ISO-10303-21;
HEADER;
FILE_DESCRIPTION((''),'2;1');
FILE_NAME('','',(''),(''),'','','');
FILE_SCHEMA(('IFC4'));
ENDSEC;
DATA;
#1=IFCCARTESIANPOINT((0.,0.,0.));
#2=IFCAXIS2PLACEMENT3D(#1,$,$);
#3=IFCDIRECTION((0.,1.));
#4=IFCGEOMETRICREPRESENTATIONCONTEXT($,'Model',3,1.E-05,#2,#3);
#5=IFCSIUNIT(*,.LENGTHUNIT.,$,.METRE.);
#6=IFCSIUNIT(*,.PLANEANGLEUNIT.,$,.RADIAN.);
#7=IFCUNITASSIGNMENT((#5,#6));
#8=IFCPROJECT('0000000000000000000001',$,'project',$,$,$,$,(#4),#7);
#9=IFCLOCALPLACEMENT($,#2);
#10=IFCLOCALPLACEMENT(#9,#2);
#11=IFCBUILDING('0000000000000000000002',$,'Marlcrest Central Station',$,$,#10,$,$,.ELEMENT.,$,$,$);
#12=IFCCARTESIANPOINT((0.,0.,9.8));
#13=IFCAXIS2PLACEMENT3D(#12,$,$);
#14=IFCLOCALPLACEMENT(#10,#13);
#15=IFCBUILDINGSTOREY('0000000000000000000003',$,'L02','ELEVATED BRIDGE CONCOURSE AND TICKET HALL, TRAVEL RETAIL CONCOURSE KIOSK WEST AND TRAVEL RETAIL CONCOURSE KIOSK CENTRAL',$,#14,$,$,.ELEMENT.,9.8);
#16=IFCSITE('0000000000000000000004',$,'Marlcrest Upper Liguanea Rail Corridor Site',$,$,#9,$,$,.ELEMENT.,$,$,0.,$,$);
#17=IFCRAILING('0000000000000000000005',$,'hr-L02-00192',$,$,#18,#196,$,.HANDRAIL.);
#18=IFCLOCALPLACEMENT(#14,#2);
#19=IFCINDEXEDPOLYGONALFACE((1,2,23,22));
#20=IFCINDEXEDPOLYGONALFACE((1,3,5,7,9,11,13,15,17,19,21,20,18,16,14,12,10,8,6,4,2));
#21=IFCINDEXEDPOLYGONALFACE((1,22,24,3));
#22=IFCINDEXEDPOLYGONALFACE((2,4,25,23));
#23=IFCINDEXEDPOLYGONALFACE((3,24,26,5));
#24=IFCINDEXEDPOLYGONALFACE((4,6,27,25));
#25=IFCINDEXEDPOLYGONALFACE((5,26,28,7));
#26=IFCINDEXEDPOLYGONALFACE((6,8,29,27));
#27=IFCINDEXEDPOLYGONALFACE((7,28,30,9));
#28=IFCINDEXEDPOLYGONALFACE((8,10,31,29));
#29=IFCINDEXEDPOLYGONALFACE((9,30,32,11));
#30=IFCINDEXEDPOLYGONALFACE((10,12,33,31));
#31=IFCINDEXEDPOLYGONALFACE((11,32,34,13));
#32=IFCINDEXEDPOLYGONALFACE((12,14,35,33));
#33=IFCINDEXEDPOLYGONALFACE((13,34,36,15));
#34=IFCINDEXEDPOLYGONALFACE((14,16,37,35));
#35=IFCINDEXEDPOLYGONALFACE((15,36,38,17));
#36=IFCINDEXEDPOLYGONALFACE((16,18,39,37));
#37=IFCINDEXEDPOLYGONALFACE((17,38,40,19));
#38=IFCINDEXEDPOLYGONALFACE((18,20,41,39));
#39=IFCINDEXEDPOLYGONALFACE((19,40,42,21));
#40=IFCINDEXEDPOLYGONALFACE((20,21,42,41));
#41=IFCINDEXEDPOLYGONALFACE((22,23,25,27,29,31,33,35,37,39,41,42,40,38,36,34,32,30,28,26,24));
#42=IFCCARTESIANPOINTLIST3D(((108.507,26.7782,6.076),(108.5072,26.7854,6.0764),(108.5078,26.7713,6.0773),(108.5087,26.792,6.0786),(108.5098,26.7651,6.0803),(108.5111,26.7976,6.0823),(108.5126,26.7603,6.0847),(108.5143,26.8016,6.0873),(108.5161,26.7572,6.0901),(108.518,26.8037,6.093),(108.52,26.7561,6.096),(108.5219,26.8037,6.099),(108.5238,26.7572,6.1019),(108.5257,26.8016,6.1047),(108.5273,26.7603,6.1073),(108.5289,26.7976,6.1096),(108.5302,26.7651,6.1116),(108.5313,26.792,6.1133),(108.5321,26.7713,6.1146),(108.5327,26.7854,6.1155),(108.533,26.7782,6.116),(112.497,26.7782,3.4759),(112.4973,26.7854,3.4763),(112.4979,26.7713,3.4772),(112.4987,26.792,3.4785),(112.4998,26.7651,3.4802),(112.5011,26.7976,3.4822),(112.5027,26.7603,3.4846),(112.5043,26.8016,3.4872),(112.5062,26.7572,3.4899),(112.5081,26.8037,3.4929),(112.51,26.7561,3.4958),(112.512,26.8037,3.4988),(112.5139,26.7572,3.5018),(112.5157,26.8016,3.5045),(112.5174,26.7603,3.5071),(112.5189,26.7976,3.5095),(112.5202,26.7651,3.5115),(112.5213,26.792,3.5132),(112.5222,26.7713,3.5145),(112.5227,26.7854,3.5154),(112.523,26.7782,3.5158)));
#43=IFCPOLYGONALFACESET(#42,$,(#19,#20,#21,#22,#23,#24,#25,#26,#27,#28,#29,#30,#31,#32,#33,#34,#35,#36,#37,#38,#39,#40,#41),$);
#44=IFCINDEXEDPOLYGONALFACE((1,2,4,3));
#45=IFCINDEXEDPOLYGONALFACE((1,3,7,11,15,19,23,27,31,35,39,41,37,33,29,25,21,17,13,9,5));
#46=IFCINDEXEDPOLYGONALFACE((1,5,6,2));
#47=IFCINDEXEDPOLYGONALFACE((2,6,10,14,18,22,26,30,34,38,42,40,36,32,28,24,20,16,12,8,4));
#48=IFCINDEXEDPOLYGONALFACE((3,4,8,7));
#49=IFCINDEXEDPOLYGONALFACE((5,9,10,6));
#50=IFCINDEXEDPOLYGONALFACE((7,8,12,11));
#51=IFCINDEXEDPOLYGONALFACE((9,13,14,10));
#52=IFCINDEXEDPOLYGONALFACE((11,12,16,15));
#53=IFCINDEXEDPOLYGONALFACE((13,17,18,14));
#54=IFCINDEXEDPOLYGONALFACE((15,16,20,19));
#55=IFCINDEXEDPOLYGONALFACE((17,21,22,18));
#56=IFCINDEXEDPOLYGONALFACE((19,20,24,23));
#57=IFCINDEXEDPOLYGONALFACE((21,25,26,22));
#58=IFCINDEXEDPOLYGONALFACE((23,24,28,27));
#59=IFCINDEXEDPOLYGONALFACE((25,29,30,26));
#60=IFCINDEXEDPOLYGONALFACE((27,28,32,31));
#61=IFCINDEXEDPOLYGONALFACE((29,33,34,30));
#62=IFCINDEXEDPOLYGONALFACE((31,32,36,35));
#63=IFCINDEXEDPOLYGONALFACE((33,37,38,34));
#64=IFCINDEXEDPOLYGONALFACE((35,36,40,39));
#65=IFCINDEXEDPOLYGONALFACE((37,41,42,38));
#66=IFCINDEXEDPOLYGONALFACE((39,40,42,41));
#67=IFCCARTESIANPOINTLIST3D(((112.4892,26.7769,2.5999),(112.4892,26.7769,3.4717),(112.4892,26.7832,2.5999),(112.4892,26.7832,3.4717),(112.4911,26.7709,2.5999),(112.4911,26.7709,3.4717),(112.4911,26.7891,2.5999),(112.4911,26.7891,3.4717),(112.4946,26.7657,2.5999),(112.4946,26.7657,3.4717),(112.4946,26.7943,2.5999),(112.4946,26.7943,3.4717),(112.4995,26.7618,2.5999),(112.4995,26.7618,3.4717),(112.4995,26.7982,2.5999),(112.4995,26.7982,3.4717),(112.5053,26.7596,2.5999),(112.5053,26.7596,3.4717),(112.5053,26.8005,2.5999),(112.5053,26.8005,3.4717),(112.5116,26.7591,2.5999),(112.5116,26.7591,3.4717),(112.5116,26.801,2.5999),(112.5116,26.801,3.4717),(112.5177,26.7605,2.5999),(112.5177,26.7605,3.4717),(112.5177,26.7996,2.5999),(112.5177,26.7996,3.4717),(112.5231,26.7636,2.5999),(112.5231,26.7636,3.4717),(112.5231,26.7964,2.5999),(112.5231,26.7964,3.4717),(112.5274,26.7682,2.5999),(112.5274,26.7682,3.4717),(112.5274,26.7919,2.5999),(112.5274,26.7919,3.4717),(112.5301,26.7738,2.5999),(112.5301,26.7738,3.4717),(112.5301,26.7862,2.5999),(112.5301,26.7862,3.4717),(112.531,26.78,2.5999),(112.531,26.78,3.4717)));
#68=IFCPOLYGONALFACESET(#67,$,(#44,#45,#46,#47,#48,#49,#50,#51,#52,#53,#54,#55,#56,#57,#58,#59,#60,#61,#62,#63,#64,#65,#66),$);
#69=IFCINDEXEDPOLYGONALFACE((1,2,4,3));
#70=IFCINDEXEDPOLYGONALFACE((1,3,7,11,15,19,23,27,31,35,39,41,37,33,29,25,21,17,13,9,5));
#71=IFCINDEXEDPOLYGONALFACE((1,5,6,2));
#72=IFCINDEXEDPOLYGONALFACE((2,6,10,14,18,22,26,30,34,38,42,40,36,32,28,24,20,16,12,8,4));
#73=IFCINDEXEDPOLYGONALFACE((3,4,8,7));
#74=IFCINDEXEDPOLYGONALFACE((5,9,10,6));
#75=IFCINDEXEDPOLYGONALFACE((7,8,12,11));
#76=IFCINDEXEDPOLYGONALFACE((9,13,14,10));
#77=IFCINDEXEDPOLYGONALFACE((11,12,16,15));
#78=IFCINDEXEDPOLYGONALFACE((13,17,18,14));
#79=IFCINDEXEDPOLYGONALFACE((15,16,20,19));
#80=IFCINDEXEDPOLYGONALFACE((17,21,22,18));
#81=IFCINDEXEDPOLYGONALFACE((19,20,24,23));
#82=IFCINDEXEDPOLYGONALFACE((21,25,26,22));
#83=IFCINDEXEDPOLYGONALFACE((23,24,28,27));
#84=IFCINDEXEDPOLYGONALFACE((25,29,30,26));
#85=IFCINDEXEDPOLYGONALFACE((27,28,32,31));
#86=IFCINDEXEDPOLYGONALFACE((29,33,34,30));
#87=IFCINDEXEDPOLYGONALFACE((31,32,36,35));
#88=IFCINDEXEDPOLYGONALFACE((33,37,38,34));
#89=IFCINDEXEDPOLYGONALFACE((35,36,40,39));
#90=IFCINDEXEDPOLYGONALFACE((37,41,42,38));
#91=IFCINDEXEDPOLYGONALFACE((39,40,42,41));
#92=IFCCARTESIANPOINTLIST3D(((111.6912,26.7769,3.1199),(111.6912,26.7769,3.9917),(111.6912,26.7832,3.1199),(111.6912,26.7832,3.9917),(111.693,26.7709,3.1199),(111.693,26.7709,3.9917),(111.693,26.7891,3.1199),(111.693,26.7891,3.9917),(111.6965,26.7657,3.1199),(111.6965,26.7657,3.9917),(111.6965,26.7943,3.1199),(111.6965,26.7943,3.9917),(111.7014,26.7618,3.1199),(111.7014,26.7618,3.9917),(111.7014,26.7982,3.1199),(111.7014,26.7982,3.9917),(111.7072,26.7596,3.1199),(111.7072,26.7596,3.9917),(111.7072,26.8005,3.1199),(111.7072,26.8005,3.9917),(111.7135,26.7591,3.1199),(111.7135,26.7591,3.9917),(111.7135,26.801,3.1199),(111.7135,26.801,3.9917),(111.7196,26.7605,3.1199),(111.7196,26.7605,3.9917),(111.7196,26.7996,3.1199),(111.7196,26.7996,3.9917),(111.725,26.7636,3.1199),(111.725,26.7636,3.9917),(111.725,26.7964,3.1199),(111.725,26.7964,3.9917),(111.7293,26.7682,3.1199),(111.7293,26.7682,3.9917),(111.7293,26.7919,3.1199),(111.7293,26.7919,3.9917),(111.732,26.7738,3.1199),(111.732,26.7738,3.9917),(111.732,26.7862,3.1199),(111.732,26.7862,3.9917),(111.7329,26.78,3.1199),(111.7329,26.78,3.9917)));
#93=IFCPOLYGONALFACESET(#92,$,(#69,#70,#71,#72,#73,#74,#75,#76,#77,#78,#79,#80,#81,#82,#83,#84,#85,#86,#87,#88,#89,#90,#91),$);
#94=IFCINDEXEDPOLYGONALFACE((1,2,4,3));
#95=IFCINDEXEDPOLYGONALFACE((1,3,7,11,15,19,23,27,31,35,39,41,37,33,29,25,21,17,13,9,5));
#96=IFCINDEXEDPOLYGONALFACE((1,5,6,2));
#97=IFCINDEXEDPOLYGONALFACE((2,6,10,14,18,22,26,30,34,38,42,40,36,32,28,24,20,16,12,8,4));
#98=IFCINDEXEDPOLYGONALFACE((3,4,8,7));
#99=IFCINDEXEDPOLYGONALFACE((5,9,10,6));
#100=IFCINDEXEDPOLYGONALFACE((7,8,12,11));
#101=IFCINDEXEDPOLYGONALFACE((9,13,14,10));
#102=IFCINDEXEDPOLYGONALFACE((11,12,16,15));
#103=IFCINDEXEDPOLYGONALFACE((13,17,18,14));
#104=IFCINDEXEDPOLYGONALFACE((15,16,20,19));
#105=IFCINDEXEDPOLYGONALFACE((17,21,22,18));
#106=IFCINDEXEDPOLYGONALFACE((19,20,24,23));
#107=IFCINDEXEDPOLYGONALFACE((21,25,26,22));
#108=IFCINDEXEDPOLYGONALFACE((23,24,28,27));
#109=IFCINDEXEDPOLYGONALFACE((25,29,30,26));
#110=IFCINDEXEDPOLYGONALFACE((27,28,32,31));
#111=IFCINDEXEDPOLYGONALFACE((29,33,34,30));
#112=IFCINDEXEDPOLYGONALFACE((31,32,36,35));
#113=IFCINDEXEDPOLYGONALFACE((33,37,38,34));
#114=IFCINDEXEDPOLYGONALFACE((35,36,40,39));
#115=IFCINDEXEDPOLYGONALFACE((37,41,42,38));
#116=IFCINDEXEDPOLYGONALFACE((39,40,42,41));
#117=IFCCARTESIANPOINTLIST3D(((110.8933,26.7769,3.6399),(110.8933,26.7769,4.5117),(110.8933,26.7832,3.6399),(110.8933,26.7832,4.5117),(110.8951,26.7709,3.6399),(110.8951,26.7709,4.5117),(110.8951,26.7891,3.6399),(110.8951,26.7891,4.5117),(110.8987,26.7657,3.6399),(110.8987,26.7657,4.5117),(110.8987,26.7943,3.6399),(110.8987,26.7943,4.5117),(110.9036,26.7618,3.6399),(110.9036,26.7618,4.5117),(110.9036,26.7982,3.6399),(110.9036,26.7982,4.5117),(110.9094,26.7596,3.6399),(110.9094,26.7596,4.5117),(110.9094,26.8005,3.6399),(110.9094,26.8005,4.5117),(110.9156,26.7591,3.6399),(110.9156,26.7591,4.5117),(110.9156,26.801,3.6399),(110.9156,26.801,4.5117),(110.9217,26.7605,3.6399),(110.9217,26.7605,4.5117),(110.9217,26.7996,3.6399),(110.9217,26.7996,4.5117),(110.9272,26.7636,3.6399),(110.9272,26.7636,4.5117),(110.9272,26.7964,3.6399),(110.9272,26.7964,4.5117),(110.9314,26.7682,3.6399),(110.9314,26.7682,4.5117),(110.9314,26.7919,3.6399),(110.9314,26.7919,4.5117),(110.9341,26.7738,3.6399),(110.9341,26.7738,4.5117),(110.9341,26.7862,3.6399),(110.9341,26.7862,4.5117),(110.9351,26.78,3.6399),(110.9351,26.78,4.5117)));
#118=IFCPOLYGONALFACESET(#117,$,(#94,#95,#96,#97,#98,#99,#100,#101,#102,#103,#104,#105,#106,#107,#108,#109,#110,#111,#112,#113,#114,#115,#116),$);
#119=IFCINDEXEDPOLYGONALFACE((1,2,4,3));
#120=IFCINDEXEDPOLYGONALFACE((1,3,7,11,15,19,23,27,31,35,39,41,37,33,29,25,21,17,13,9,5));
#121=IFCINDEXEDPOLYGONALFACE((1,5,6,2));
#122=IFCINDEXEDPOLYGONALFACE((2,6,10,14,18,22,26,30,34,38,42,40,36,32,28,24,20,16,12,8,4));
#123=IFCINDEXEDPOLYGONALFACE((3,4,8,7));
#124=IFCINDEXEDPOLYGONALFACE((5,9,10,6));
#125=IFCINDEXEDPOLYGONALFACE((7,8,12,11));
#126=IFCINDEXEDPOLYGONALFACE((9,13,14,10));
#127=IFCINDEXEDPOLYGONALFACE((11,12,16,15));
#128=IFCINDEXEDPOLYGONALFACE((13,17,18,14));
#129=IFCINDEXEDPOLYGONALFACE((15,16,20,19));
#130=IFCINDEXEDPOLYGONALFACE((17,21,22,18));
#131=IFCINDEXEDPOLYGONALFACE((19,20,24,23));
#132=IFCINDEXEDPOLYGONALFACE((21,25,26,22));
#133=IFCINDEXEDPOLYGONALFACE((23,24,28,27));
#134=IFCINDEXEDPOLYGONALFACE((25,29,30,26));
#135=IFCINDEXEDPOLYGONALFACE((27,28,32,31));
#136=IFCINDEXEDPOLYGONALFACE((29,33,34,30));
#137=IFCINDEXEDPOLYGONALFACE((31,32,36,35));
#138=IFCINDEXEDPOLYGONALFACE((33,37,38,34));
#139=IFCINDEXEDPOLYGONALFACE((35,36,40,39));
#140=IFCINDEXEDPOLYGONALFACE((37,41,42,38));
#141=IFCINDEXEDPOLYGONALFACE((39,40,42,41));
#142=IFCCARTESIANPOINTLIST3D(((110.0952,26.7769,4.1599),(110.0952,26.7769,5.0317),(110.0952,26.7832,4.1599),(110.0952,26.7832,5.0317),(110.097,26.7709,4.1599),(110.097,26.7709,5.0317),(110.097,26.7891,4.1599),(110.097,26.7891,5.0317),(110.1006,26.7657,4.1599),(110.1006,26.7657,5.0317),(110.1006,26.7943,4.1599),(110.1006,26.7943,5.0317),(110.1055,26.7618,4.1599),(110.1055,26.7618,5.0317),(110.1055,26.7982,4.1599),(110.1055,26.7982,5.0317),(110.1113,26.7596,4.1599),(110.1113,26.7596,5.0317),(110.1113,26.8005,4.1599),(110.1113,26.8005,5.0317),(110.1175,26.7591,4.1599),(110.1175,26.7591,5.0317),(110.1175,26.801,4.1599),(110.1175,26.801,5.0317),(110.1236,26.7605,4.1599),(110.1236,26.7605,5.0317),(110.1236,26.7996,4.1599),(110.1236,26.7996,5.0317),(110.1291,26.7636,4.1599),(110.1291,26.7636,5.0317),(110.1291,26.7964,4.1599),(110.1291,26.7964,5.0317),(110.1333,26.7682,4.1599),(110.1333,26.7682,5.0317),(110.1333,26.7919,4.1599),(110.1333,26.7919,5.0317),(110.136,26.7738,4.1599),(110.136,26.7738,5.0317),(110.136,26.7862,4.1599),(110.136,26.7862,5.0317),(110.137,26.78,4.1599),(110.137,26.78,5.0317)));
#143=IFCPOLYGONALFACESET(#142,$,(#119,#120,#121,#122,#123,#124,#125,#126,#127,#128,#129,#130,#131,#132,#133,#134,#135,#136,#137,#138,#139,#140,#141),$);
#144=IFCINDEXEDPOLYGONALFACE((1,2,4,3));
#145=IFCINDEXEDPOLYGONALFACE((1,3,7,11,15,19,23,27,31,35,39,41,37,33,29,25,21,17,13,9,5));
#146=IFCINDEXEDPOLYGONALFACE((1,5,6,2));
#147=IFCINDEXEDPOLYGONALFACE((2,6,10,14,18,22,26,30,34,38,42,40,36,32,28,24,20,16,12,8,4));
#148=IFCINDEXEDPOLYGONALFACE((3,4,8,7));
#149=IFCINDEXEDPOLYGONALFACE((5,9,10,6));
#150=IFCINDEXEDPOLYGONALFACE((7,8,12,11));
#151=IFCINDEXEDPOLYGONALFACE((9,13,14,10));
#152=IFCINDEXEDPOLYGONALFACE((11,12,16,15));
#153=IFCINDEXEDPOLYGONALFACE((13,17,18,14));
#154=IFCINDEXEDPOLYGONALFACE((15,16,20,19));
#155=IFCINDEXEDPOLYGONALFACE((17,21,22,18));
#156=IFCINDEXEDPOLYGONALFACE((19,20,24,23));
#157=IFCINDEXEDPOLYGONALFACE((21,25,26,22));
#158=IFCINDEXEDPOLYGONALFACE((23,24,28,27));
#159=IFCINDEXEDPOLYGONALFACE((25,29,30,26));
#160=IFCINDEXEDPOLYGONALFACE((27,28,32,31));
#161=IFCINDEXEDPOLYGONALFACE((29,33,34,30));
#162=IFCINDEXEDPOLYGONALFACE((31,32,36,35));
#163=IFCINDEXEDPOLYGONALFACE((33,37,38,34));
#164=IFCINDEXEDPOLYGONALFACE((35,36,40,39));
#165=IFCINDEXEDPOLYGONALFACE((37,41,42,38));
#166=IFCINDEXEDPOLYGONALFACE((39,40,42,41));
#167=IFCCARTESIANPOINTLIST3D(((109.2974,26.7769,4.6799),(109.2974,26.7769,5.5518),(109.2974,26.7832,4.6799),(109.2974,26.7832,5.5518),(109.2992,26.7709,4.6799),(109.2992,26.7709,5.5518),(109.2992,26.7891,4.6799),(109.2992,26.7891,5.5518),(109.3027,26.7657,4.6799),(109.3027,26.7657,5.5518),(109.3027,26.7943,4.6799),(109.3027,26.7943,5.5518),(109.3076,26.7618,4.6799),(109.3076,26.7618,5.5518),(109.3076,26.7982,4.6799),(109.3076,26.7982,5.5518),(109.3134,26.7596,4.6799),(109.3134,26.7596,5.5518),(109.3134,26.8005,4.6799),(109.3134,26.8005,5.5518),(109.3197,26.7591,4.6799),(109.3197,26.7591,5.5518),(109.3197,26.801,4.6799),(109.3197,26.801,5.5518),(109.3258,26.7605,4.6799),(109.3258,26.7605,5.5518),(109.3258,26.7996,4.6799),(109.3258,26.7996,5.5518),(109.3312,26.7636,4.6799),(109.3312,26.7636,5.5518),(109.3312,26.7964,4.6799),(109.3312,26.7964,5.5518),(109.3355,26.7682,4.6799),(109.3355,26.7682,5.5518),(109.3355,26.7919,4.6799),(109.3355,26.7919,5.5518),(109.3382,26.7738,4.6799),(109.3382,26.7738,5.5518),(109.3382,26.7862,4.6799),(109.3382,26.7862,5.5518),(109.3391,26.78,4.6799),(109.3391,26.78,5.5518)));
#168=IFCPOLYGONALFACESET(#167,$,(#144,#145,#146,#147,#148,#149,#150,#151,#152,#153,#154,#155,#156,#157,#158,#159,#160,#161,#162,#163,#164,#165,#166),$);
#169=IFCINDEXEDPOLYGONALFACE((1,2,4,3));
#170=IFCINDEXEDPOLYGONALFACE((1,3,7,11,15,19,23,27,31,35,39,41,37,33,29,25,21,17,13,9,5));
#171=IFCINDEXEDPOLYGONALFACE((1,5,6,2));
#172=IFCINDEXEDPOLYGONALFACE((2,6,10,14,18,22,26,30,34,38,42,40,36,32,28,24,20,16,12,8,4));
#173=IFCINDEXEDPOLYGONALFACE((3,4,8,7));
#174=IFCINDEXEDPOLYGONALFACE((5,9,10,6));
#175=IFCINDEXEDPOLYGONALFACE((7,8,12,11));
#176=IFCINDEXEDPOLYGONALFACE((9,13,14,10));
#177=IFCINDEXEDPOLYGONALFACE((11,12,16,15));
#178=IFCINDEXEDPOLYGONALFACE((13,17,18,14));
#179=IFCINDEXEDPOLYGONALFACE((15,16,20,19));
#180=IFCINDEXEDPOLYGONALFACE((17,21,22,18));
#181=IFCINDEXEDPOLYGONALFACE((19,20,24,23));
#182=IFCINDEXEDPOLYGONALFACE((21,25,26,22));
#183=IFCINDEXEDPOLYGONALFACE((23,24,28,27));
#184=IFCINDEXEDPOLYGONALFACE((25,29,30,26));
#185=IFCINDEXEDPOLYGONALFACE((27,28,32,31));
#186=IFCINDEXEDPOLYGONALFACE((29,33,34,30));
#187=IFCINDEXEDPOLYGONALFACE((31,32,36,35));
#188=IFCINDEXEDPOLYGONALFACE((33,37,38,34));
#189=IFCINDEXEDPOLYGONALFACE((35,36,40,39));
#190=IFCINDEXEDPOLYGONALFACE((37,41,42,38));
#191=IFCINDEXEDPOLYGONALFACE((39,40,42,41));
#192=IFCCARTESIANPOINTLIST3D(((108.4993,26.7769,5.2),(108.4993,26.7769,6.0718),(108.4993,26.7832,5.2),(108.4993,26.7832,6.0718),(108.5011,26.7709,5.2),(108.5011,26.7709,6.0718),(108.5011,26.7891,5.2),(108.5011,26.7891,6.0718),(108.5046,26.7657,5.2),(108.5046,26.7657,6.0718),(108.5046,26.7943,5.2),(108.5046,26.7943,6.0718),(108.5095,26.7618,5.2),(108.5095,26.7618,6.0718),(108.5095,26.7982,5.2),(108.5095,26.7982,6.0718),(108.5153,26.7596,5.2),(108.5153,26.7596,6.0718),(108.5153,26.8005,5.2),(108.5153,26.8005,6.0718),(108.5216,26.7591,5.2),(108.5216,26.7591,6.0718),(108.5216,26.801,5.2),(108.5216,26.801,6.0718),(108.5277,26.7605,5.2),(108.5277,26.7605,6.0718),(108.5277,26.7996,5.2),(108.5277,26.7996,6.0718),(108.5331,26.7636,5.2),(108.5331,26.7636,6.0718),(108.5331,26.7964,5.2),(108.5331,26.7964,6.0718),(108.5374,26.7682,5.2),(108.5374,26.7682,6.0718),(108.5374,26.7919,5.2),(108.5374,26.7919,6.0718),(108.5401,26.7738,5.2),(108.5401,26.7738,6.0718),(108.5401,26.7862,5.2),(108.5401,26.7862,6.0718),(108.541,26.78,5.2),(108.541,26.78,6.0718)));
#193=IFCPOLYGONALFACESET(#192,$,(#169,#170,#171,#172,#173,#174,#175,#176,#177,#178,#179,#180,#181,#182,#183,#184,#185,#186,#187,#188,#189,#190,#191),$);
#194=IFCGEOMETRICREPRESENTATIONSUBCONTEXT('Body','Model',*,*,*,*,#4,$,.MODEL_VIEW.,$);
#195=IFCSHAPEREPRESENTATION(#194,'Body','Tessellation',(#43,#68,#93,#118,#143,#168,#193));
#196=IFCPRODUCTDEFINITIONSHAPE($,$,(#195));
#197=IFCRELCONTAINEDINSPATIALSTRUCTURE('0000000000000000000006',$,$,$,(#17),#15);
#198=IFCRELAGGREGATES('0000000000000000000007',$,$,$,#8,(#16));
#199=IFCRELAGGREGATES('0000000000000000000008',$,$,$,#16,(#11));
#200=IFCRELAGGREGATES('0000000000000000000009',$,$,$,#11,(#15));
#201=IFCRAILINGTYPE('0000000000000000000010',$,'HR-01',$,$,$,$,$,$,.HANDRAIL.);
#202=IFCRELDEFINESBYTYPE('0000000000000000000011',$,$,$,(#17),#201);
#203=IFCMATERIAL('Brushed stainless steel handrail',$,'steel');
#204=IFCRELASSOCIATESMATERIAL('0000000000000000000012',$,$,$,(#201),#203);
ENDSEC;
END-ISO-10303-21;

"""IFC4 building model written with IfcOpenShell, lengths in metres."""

from ifc_helpers import new_model, si_unit, direction, frame, origin, origin_2d, place, context, subcontext, project, spatial, circle, extrude, material, type_object, element, save


model = new_model("IFC4")

# Units and contexts
model_context = context("Model", 3, precision=1e-05, world=origin(), true_north=direction((0.0, 1.0)))
body_context = subcontext(model_context, "Body", "Model", "MODEL_VIEW")
ifc_project = project(units=[si_unit("LENGTHUNIT", "METRE"), si_unit("PLANEANGLEUNIT", "RADIAN")], contexts=[model_context])

# Site, building, storey
site_placement = place(None, origin())
site = spatial("IfcSite", under=ifc_project, at=site_placement, Name="Marlcrest Upper Liguanea Rail Corridor Site", CompositionType="ELEMENT", RefElevation=0.0)
building_placement = place(site_placement, origin())
building = spatial("IfcBuilding", under=site, at=building_placement, Name="Marlcrest Central Station", CompositionType="ELEMENT")
storey_placement = place(building_placement, frame((0.0, 0.0, 9.8)))
storey = spatial("IfcBuildingStorey", under=building, at=storey_placement, Name="L02", Description="ELEVATED BRIDGE CONCOURSE AND TICKET HALL, TRAVEL RETAIL CONCOURSE KIOSK WEST AND TRAVEL RETAIL CONCOURSE KIOSK CENTRAL", CompositionType="ELEMENT", Elevation=9.8)

# Railing
ifc_material_1 = material(Name="Brushed stainless steel handrail", Category="steel")
railing_type_1 = type_object("IfcRailingType", Name="HR-01", PredefinedType="HANDRAIL", material=ifc_material_1)
railing_1_placement = place(storey_placement, frame((112.51, 26.78, 2.5999)))
element("IfcRailing", 1, at=railing_1_placement, inside=storey, type_object=railing_type_1, Name="hr-L02-00192", PredefinedType="HANDRAIL", context=body_context, shape_type="SweptSolid", body=[
    extrude(circle(Radius=0.0239, at=origin_2d()), frame((0.0, 0.0, 0.896), z_axis=(-0.837809, 0.0, 0.545963), x_axis=(0.0, -1.0, 0.0)), (0.0, 0.0, 1.0), 4.7625),
    extrude(circle(Radius=0.021, at=origin_2d()), origin(), (0.0, 0.0, 1.0), 0.8718),
    extrude(circle(Radius=0.021, at=origin_2d()), frame((-0.7981, 0.0, 0.52)), (0.0, 0.0, 1.0), 0.8718),
    extrude(circle(Radius=0.021, at=origin_2d()), frame((-1.5959, 0.0, 1.04)), (0.0, 0.0, 1.0), 0.8718),
    extrude(circle(Radius=0.021, at=origin_2d()), frame((-2.394, 0.0, 1.5601)), (0.0, 0.0, 1.0), 0.8718),
    extrude(circle(Radius=0.021, at=origin_2d()), frame((-3.1919, 0.0, 2.0801)), (0.0, 0.0, 1.0), 0.8718),
    extrude(circle(Radius=0.021, at=origin_2d()), frame((-3.99, 0.0, 2.6001)), (0.0, 0.0, 1.0), 0.8718),
])

save(model, "model.ifc")
